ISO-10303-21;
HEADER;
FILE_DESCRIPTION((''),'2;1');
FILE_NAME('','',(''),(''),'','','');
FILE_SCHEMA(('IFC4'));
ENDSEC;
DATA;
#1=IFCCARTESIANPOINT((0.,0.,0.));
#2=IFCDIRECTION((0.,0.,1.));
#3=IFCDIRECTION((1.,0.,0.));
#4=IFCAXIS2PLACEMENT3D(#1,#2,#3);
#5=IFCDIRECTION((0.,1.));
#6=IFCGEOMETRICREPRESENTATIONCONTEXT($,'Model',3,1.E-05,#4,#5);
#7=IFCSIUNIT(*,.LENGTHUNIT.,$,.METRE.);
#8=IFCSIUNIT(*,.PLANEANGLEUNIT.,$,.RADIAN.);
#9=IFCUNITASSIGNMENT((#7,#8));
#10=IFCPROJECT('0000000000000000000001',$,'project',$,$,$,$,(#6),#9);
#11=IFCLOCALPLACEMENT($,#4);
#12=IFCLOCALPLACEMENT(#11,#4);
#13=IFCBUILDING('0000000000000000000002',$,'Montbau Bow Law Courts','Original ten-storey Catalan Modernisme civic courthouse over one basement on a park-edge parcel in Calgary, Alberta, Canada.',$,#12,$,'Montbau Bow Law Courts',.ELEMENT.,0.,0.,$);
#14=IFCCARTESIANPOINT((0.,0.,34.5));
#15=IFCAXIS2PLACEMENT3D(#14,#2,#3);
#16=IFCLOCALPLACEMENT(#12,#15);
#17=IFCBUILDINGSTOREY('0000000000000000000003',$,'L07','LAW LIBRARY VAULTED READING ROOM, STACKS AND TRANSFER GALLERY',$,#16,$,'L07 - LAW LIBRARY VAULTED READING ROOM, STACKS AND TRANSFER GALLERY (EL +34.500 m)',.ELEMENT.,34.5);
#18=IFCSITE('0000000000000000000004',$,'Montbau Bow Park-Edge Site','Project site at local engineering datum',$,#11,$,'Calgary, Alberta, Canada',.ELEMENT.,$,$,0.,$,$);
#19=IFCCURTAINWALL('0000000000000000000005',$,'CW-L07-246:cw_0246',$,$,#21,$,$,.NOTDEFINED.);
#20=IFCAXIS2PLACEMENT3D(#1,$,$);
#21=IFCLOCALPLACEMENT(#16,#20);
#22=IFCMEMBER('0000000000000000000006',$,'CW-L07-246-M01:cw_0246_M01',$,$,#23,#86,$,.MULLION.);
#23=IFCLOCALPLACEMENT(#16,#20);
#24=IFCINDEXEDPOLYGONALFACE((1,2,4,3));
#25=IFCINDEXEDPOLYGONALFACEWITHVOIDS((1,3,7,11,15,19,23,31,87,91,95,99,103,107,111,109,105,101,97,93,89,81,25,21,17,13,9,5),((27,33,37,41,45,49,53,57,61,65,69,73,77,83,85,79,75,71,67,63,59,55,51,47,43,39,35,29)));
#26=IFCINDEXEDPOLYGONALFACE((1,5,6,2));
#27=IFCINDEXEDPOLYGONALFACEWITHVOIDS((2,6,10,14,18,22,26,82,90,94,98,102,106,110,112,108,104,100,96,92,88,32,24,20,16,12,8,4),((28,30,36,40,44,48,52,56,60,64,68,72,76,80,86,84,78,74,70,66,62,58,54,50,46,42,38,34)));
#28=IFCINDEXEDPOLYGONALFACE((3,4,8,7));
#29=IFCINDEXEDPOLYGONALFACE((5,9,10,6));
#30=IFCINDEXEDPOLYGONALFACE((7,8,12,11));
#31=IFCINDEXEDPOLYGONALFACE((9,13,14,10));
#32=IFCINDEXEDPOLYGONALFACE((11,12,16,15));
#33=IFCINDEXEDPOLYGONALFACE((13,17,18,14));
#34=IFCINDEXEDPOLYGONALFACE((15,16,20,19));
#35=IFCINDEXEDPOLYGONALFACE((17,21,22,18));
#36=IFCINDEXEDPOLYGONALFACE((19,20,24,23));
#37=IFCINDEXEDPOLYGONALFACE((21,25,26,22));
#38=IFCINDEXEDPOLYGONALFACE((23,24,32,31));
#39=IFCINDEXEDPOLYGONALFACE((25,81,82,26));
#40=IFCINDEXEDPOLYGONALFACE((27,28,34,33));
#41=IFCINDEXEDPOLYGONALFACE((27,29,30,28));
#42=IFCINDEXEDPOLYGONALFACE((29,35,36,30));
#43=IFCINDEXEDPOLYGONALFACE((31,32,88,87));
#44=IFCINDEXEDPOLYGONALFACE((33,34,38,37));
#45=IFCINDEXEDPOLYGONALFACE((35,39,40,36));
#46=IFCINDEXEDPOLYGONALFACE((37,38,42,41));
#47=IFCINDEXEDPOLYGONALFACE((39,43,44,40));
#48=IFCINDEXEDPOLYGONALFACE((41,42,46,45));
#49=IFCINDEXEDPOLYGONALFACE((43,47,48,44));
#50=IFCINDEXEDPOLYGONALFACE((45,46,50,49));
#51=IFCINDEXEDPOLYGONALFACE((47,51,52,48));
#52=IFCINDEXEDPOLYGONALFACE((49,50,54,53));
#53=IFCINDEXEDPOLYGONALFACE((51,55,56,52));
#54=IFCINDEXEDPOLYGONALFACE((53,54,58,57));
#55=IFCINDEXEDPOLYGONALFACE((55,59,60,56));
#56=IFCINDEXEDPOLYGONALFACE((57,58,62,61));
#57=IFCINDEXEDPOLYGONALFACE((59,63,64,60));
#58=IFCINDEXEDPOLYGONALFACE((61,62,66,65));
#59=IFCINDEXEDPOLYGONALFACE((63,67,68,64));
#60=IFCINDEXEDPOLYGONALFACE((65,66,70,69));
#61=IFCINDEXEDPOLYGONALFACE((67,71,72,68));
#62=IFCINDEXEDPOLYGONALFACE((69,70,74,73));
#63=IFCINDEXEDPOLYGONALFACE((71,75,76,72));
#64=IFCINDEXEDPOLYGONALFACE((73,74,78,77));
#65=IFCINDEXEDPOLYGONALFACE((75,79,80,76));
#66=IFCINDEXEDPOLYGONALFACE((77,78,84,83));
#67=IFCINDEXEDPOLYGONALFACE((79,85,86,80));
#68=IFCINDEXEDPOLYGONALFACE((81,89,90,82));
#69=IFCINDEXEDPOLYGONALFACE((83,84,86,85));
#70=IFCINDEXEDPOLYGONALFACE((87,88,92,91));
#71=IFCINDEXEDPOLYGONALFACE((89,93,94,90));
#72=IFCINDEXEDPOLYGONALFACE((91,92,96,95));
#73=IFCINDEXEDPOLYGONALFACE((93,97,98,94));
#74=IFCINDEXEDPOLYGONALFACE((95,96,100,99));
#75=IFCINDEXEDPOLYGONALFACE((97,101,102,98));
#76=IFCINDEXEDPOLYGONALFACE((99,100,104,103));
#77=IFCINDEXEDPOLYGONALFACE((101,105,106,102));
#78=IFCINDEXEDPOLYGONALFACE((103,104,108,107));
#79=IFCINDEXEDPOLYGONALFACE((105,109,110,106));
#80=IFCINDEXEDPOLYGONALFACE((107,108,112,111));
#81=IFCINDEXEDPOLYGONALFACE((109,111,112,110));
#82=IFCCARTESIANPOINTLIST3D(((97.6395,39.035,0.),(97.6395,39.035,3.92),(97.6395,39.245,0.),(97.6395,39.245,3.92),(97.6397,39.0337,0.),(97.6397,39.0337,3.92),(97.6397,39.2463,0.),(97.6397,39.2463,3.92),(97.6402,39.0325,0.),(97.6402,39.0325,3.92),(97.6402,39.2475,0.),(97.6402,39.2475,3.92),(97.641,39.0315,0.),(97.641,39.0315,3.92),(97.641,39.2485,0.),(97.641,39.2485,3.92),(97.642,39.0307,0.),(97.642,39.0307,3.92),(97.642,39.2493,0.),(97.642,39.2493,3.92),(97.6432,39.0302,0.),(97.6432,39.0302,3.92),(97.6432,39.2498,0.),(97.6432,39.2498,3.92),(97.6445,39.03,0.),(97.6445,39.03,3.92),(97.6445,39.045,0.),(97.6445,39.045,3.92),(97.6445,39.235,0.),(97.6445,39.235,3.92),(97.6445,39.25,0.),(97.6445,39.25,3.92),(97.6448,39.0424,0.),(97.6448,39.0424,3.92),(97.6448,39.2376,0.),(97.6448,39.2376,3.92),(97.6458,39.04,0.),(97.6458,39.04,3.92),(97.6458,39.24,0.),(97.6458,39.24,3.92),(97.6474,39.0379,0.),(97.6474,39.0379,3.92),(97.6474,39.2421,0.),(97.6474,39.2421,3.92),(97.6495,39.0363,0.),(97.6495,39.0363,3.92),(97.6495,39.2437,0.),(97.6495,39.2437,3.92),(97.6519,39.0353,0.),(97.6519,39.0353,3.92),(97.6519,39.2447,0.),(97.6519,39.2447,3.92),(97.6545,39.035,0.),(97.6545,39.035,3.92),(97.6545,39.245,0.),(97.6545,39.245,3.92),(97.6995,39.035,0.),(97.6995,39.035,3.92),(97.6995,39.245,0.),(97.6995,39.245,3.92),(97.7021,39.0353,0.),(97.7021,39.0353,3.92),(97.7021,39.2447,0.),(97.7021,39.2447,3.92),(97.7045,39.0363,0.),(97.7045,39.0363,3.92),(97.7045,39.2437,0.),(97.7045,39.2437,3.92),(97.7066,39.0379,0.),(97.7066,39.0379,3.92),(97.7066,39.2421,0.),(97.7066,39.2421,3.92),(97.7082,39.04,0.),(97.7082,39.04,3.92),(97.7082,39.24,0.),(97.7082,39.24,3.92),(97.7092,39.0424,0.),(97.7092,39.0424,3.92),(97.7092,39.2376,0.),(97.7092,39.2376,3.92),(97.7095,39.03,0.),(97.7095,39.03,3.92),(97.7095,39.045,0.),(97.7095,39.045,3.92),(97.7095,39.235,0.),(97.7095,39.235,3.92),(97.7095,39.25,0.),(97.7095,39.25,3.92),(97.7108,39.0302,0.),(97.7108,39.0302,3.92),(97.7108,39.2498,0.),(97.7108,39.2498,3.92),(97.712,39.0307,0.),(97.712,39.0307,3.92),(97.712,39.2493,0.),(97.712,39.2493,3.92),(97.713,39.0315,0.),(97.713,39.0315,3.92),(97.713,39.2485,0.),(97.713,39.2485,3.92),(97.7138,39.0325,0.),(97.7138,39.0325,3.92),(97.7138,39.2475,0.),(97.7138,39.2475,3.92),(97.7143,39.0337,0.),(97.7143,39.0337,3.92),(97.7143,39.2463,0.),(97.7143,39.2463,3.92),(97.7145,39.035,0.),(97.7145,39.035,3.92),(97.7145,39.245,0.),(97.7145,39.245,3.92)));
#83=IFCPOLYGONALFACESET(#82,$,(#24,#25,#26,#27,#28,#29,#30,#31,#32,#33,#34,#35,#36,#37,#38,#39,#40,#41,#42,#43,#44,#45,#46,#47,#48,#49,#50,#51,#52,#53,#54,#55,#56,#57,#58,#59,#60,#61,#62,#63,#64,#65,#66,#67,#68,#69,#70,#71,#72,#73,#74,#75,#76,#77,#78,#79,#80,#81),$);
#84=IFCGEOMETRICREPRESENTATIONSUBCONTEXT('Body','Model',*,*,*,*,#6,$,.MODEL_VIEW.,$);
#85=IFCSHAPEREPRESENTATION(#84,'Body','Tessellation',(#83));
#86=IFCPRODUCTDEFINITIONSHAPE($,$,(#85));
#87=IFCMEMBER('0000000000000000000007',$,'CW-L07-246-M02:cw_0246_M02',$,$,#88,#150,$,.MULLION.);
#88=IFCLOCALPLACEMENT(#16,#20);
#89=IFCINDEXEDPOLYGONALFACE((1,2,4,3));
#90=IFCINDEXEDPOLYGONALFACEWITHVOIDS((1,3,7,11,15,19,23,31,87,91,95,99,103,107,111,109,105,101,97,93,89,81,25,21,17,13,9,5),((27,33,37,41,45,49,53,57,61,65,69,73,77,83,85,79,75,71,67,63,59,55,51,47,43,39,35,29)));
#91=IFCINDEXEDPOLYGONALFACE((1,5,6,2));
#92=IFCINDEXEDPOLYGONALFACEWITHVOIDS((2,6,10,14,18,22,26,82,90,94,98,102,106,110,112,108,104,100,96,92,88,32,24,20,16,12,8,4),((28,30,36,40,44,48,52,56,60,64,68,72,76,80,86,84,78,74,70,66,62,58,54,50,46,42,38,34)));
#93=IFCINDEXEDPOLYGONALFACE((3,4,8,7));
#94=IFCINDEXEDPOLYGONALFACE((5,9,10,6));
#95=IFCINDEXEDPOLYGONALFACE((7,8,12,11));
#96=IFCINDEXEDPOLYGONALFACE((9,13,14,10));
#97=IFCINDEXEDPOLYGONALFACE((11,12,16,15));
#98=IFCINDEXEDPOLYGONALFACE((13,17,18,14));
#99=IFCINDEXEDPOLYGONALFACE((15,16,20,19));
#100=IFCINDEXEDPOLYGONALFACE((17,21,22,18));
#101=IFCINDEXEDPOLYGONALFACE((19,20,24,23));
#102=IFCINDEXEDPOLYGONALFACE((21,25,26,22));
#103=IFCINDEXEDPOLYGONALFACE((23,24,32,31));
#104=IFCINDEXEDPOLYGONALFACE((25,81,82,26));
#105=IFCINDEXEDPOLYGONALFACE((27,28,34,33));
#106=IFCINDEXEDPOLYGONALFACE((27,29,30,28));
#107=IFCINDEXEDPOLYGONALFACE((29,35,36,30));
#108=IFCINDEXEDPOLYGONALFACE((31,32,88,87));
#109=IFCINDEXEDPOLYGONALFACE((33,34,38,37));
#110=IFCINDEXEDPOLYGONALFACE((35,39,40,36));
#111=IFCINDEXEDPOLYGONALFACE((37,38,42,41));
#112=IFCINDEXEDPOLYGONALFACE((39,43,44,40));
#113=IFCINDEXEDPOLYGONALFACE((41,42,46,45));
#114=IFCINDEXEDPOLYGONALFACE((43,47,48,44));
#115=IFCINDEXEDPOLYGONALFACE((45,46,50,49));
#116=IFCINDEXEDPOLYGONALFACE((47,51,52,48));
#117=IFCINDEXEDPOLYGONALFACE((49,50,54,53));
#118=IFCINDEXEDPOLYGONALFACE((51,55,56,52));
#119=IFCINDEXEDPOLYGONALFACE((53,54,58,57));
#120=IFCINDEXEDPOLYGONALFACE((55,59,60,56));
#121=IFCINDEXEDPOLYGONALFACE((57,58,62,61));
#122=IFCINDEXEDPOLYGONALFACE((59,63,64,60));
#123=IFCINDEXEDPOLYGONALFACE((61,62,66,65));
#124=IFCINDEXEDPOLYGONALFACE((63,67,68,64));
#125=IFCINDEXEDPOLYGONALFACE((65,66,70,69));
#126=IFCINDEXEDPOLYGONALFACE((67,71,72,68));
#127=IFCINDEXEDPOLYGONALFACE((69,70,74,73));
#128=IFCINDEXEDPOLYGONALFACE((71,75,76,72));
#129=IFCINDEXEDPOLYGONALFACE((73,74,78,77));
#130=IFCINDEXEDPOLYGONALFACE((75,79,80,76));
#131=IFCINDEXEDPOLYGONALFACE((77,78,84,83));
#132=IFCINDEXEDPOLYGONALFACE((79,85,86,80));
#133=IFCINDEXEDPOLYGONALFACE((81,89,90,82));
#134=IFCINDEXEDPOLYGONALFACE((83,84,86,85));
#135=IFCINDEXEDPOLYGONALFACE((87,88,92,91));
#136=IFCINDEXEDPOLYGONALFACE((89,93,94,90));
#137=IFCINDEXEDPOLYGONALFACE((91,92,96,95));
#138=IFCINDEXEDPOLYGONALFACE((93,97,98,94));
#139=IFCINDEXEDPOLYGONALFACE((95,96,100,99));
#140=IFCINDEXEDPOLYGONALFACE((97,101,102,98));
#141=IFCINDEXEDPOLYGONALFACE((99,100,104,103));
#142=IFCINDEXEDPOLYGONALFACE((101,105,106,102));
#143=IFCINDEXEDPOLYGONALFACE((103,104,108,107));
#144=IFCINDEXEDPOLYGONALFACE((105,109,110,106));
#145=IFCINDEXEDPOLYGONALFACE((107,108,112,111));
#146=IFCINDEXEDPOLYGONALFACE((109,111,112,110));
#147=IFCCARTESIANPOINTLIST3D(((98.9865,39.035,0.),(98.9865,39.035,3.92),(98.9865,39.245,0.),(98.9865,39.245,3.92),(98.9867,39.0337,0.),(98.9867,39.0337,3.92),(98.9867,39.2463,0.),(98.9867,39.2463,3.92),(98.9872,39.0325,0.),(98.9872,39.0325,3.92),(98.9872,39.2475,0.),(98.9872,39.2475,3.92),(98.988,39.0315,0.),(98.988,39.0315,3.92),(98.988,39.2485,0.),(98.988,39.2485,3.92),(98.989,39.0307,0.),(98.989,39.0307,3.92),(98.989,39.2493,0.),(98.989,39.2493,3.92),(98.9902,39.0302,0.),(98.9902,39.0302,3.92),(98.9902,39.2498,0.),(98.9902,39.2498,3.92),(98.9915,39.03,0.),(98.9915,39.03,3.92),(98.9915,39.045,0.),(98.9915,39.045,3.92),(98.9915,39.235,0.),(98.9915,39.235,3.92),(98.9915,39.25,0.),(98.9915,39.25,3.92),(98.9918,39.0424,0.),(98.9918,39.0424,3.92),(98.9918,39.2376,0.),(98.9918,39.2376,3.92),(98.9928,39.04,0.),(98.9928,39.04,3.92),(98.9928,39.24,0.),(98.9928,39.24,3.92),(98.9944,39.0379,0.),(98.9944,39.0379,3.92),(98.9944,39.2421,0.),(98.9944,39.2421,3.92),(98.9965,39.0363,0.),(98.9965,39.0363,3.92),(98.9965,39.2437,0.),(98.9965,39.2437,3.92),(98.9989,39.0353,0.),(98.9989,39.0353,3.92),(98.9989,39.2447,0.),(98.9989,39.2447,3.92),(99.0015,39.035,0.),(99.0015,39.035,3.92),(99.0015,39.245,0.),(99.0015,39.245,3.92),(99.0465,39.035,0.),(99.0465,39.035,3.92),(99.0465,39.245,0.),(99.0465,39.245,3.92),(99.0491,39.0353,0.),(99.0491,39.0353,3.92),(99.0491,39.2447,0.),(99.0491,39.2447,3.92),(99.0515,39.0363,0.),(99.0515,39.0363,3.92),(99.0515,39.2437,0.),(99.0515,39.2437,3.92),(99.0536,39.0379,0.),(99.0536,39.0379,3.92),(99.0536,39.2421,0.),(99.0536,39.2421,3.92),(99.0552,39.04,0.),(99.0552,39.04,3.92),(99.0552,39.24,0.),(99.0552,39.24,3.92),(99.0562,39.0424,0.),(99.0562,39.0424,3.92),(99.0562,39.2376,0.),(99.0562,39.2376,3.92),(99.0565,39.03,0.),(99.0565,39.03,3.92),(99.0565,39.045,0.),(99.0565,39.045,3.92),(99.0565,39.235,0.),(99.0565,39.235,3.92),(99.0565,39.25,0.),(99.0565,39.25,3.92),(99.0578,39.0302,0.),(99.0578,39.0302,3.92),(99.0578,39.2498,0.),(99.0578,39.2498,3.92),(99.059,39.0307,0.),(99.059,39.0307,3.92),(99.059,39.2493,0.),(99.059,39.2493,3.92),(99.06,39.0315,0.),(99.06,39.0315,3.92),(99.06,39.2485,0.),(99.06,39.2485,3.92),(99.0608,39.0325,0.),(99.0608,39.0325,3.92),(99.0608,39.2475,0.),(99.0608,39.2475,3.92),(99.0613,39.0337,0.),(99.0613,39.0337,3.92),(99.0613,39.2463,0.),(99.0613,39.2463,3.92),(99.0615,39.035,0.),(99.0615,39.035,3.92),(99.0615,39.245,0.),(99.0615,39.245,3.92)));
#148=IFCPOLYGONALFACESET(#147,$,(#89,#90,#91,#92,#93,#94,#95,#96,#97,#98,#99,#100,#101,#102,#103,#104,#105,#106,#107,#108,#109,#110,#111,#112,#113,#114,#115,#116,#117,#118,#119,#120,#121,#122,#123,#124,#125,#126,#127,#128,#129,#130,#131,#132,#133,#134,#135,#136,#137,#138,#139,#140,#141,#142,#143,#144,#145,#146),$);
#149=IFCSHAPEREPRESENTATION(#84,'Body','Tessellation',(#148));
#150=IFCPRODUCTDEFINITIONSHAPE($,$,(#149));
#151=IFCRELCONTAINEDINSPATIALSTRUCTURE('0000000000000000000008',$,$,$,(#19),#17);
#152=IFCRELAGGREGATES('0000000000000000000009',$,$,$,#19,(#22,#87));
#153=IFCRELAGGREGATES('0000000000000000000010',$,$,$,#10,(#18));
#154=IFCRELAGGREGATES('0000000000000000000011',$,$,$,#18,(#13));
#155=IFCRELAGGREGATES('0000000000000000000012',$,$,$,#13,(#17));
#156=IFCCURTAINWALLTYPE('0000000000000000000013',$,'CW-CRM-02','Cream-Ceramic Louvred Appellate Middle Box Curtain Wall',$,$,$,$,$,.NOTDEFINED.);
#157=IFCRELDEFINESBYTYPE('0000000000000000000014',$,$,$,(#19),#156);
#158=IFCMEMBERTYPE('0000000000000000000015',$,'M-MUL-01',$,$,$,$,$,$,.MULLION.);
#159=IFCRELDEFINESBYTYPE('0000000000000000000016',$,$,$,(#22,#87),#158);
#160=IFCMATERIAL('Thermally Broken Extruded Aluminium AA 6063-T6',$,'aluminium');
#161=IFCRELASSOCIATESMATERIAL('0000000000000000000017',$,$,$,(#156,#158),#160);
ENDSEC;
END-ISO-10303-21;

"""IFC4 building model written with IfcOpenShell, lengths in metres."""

from ifc_helpers import new_model, si_unit, direction, frame, origin_with_axes, origin_2d_with_axis, place, context, subcontext, project, spatial, hollow_rectangle, extrude, material, material_profile, profile_set, type_object, element, aggregate, save


model = new_model("IFC4")

# Units and contexts
model_context = context("Model", 3, precision=1e-05, world=origin_with_axes(), true_north=direction((0.0, 1.0)))
body_context = subcontext(model_context, "Body", "Model", "MODEL_VIEW")
ifc_project = project(units=[si_unit("LENGTHUNIT", "METRE"), si_unit("PLANEANGLEUNIT", "RADIAN")], contexts=[model_context])

# Site, building, storey
site_placement = place(None, origin_with_axes())
site = spatial("IfcSite", under=ifc_project, at=site_placement, Name="Montbau Bow Park-Edge Site", Description="Project site at local engineering datum", LongName="Calgary, Alberta, Canada", CompositionType="ELEMENT", RefElevation=0.0)
building_placement = place(site_placement, origin_with_axes())
building = spatial("IfcBuilding", under=site, at=building_placement, Name="Montbau Bow Law Courts", Description="Original ten-storey Catalan Modernisme civic courthouse over one basement on a park-edge parcel in Calgary, Alberta, Canada.", LongName="Montbau Bow Law Courts", CompositionType="ELEMENT", ElevationOfRefHeight=0.0, ElevationOfTerrain=0.0)
storey_placement = place(building_placement, frame((0.0, 0.0, 34.5), z_axis=(0.0, 0.0, 1.0), x_axis=(1.0, 0.0, 0.0)))
storey = spatial("IfcBuildingStorey", under=building, at=storey_placement, Name="L07", Description="LAW LIBRARY VAULTED READING ROOM, STACKS AND TRANSFER GALLERY", LongName="L07 - LAW LIBRARY VAULTED READING ROOM, STACKS AND TRANSFER GALLERY (EL +34.500 m)", CompositionType="ELEMENT", Elevation=34.5)

# Curtain wall, members
ifc_material_1 = material(Name="Thermally Broken Extruded Aluminium AA 6063-T6", Category="aluminium")
curtain_wall_type = type_object("IfcCurtainWallType", Name="CW-CRM-02", Description="Cream-Ceramic Louvred Appellate Middle Box Curtain Wall", PredefinedType="NOTDEFINED", material=ifc_material_1)
curtain_wall_1_placement = place(None, frame((97.64, 39.14, 34.5), z_axis=(0.0, 0.0, 1.0), x_axis=(1.0, 0.0, 0.0)))
curtain_wall_1 = element("IfcCurtainWall", 1, at=curtain_wall_1_placement, inside=storey, type_object=curtain_wall_type, Name="CW-L07-246:cw_0246", PredefinedType="NOTDEFINED")
ifc_material_profile_1 = material_profile(ifc_material_1, hollow_rectangle(XDim=0.075, YDim=0.22, WallThickness=0.005, InnerFilletRadius=0.01, OuterFilletRadius=0.005, at=origin_2d_with_axis()), Name="CWM-220X75", Category="Main", Priority=0)
ifc_profile_set_1 = profile_set([ifc_material_profile_1], Name="Thermally Broken Extruded Aluminium AA 6063-T6")
member_type_1 = type_object("IfcMemberType", Name="M-MUL-01", PredefinedType="MULLION", material=ifc_profile_set_1)
member_1_placement = place(None, frame((97.677, 39.14, 34.5), z_axis=(0.0, 0.0, 1.0), x_axis=(1.0, 0.0, 0.0)))
member_1 = element("IfcMember", 2, at=member_1_placement, type_object=member_type_1, Name="CW-L07-246-M01:cw_0246_M01", PredefinedType="MULLION", context=body_context, shape_type="SweptSolid", body=[
    extrude(hollow_rectangle(XDim=0.075, YDim=0.22, WallThickness=0.005, InnerFilletRadius=0.01, OuterFilletRadius=0.005, at=origin_2d_with_axis()), origin_with_axes(), (0.0, 0.0, 1.0), 3.92),
])
member_2_placement = place(None, frame((99.024, 39.14, 34.5), z_axis=(0.0, 0.0, 1.0), x_axis=(1.0, 0.0, 0.0)))
member_2 = element("IfcMember", 3, at=member_2_placement, type_object=member_type_1, Name="CW-L07-246-M02:cw_0246_M02", PredefinedType="MULLION", context=body_context, shape_type="SweptSolid", body=[
    extrude(hollow_rectangle(XDim=0.075, YDim=0.22, WallThickness=0.005, InnerFilletRadius=0.01, OuterFilletRadius=0.005, at=origin_2d_with_axis()), origin_with_axes(), (0.0, 0.0, 1.0), 3.92),
])

aggregate(curtain_wall_1, [member_1, member_2])

save(model, "model.ifc")
